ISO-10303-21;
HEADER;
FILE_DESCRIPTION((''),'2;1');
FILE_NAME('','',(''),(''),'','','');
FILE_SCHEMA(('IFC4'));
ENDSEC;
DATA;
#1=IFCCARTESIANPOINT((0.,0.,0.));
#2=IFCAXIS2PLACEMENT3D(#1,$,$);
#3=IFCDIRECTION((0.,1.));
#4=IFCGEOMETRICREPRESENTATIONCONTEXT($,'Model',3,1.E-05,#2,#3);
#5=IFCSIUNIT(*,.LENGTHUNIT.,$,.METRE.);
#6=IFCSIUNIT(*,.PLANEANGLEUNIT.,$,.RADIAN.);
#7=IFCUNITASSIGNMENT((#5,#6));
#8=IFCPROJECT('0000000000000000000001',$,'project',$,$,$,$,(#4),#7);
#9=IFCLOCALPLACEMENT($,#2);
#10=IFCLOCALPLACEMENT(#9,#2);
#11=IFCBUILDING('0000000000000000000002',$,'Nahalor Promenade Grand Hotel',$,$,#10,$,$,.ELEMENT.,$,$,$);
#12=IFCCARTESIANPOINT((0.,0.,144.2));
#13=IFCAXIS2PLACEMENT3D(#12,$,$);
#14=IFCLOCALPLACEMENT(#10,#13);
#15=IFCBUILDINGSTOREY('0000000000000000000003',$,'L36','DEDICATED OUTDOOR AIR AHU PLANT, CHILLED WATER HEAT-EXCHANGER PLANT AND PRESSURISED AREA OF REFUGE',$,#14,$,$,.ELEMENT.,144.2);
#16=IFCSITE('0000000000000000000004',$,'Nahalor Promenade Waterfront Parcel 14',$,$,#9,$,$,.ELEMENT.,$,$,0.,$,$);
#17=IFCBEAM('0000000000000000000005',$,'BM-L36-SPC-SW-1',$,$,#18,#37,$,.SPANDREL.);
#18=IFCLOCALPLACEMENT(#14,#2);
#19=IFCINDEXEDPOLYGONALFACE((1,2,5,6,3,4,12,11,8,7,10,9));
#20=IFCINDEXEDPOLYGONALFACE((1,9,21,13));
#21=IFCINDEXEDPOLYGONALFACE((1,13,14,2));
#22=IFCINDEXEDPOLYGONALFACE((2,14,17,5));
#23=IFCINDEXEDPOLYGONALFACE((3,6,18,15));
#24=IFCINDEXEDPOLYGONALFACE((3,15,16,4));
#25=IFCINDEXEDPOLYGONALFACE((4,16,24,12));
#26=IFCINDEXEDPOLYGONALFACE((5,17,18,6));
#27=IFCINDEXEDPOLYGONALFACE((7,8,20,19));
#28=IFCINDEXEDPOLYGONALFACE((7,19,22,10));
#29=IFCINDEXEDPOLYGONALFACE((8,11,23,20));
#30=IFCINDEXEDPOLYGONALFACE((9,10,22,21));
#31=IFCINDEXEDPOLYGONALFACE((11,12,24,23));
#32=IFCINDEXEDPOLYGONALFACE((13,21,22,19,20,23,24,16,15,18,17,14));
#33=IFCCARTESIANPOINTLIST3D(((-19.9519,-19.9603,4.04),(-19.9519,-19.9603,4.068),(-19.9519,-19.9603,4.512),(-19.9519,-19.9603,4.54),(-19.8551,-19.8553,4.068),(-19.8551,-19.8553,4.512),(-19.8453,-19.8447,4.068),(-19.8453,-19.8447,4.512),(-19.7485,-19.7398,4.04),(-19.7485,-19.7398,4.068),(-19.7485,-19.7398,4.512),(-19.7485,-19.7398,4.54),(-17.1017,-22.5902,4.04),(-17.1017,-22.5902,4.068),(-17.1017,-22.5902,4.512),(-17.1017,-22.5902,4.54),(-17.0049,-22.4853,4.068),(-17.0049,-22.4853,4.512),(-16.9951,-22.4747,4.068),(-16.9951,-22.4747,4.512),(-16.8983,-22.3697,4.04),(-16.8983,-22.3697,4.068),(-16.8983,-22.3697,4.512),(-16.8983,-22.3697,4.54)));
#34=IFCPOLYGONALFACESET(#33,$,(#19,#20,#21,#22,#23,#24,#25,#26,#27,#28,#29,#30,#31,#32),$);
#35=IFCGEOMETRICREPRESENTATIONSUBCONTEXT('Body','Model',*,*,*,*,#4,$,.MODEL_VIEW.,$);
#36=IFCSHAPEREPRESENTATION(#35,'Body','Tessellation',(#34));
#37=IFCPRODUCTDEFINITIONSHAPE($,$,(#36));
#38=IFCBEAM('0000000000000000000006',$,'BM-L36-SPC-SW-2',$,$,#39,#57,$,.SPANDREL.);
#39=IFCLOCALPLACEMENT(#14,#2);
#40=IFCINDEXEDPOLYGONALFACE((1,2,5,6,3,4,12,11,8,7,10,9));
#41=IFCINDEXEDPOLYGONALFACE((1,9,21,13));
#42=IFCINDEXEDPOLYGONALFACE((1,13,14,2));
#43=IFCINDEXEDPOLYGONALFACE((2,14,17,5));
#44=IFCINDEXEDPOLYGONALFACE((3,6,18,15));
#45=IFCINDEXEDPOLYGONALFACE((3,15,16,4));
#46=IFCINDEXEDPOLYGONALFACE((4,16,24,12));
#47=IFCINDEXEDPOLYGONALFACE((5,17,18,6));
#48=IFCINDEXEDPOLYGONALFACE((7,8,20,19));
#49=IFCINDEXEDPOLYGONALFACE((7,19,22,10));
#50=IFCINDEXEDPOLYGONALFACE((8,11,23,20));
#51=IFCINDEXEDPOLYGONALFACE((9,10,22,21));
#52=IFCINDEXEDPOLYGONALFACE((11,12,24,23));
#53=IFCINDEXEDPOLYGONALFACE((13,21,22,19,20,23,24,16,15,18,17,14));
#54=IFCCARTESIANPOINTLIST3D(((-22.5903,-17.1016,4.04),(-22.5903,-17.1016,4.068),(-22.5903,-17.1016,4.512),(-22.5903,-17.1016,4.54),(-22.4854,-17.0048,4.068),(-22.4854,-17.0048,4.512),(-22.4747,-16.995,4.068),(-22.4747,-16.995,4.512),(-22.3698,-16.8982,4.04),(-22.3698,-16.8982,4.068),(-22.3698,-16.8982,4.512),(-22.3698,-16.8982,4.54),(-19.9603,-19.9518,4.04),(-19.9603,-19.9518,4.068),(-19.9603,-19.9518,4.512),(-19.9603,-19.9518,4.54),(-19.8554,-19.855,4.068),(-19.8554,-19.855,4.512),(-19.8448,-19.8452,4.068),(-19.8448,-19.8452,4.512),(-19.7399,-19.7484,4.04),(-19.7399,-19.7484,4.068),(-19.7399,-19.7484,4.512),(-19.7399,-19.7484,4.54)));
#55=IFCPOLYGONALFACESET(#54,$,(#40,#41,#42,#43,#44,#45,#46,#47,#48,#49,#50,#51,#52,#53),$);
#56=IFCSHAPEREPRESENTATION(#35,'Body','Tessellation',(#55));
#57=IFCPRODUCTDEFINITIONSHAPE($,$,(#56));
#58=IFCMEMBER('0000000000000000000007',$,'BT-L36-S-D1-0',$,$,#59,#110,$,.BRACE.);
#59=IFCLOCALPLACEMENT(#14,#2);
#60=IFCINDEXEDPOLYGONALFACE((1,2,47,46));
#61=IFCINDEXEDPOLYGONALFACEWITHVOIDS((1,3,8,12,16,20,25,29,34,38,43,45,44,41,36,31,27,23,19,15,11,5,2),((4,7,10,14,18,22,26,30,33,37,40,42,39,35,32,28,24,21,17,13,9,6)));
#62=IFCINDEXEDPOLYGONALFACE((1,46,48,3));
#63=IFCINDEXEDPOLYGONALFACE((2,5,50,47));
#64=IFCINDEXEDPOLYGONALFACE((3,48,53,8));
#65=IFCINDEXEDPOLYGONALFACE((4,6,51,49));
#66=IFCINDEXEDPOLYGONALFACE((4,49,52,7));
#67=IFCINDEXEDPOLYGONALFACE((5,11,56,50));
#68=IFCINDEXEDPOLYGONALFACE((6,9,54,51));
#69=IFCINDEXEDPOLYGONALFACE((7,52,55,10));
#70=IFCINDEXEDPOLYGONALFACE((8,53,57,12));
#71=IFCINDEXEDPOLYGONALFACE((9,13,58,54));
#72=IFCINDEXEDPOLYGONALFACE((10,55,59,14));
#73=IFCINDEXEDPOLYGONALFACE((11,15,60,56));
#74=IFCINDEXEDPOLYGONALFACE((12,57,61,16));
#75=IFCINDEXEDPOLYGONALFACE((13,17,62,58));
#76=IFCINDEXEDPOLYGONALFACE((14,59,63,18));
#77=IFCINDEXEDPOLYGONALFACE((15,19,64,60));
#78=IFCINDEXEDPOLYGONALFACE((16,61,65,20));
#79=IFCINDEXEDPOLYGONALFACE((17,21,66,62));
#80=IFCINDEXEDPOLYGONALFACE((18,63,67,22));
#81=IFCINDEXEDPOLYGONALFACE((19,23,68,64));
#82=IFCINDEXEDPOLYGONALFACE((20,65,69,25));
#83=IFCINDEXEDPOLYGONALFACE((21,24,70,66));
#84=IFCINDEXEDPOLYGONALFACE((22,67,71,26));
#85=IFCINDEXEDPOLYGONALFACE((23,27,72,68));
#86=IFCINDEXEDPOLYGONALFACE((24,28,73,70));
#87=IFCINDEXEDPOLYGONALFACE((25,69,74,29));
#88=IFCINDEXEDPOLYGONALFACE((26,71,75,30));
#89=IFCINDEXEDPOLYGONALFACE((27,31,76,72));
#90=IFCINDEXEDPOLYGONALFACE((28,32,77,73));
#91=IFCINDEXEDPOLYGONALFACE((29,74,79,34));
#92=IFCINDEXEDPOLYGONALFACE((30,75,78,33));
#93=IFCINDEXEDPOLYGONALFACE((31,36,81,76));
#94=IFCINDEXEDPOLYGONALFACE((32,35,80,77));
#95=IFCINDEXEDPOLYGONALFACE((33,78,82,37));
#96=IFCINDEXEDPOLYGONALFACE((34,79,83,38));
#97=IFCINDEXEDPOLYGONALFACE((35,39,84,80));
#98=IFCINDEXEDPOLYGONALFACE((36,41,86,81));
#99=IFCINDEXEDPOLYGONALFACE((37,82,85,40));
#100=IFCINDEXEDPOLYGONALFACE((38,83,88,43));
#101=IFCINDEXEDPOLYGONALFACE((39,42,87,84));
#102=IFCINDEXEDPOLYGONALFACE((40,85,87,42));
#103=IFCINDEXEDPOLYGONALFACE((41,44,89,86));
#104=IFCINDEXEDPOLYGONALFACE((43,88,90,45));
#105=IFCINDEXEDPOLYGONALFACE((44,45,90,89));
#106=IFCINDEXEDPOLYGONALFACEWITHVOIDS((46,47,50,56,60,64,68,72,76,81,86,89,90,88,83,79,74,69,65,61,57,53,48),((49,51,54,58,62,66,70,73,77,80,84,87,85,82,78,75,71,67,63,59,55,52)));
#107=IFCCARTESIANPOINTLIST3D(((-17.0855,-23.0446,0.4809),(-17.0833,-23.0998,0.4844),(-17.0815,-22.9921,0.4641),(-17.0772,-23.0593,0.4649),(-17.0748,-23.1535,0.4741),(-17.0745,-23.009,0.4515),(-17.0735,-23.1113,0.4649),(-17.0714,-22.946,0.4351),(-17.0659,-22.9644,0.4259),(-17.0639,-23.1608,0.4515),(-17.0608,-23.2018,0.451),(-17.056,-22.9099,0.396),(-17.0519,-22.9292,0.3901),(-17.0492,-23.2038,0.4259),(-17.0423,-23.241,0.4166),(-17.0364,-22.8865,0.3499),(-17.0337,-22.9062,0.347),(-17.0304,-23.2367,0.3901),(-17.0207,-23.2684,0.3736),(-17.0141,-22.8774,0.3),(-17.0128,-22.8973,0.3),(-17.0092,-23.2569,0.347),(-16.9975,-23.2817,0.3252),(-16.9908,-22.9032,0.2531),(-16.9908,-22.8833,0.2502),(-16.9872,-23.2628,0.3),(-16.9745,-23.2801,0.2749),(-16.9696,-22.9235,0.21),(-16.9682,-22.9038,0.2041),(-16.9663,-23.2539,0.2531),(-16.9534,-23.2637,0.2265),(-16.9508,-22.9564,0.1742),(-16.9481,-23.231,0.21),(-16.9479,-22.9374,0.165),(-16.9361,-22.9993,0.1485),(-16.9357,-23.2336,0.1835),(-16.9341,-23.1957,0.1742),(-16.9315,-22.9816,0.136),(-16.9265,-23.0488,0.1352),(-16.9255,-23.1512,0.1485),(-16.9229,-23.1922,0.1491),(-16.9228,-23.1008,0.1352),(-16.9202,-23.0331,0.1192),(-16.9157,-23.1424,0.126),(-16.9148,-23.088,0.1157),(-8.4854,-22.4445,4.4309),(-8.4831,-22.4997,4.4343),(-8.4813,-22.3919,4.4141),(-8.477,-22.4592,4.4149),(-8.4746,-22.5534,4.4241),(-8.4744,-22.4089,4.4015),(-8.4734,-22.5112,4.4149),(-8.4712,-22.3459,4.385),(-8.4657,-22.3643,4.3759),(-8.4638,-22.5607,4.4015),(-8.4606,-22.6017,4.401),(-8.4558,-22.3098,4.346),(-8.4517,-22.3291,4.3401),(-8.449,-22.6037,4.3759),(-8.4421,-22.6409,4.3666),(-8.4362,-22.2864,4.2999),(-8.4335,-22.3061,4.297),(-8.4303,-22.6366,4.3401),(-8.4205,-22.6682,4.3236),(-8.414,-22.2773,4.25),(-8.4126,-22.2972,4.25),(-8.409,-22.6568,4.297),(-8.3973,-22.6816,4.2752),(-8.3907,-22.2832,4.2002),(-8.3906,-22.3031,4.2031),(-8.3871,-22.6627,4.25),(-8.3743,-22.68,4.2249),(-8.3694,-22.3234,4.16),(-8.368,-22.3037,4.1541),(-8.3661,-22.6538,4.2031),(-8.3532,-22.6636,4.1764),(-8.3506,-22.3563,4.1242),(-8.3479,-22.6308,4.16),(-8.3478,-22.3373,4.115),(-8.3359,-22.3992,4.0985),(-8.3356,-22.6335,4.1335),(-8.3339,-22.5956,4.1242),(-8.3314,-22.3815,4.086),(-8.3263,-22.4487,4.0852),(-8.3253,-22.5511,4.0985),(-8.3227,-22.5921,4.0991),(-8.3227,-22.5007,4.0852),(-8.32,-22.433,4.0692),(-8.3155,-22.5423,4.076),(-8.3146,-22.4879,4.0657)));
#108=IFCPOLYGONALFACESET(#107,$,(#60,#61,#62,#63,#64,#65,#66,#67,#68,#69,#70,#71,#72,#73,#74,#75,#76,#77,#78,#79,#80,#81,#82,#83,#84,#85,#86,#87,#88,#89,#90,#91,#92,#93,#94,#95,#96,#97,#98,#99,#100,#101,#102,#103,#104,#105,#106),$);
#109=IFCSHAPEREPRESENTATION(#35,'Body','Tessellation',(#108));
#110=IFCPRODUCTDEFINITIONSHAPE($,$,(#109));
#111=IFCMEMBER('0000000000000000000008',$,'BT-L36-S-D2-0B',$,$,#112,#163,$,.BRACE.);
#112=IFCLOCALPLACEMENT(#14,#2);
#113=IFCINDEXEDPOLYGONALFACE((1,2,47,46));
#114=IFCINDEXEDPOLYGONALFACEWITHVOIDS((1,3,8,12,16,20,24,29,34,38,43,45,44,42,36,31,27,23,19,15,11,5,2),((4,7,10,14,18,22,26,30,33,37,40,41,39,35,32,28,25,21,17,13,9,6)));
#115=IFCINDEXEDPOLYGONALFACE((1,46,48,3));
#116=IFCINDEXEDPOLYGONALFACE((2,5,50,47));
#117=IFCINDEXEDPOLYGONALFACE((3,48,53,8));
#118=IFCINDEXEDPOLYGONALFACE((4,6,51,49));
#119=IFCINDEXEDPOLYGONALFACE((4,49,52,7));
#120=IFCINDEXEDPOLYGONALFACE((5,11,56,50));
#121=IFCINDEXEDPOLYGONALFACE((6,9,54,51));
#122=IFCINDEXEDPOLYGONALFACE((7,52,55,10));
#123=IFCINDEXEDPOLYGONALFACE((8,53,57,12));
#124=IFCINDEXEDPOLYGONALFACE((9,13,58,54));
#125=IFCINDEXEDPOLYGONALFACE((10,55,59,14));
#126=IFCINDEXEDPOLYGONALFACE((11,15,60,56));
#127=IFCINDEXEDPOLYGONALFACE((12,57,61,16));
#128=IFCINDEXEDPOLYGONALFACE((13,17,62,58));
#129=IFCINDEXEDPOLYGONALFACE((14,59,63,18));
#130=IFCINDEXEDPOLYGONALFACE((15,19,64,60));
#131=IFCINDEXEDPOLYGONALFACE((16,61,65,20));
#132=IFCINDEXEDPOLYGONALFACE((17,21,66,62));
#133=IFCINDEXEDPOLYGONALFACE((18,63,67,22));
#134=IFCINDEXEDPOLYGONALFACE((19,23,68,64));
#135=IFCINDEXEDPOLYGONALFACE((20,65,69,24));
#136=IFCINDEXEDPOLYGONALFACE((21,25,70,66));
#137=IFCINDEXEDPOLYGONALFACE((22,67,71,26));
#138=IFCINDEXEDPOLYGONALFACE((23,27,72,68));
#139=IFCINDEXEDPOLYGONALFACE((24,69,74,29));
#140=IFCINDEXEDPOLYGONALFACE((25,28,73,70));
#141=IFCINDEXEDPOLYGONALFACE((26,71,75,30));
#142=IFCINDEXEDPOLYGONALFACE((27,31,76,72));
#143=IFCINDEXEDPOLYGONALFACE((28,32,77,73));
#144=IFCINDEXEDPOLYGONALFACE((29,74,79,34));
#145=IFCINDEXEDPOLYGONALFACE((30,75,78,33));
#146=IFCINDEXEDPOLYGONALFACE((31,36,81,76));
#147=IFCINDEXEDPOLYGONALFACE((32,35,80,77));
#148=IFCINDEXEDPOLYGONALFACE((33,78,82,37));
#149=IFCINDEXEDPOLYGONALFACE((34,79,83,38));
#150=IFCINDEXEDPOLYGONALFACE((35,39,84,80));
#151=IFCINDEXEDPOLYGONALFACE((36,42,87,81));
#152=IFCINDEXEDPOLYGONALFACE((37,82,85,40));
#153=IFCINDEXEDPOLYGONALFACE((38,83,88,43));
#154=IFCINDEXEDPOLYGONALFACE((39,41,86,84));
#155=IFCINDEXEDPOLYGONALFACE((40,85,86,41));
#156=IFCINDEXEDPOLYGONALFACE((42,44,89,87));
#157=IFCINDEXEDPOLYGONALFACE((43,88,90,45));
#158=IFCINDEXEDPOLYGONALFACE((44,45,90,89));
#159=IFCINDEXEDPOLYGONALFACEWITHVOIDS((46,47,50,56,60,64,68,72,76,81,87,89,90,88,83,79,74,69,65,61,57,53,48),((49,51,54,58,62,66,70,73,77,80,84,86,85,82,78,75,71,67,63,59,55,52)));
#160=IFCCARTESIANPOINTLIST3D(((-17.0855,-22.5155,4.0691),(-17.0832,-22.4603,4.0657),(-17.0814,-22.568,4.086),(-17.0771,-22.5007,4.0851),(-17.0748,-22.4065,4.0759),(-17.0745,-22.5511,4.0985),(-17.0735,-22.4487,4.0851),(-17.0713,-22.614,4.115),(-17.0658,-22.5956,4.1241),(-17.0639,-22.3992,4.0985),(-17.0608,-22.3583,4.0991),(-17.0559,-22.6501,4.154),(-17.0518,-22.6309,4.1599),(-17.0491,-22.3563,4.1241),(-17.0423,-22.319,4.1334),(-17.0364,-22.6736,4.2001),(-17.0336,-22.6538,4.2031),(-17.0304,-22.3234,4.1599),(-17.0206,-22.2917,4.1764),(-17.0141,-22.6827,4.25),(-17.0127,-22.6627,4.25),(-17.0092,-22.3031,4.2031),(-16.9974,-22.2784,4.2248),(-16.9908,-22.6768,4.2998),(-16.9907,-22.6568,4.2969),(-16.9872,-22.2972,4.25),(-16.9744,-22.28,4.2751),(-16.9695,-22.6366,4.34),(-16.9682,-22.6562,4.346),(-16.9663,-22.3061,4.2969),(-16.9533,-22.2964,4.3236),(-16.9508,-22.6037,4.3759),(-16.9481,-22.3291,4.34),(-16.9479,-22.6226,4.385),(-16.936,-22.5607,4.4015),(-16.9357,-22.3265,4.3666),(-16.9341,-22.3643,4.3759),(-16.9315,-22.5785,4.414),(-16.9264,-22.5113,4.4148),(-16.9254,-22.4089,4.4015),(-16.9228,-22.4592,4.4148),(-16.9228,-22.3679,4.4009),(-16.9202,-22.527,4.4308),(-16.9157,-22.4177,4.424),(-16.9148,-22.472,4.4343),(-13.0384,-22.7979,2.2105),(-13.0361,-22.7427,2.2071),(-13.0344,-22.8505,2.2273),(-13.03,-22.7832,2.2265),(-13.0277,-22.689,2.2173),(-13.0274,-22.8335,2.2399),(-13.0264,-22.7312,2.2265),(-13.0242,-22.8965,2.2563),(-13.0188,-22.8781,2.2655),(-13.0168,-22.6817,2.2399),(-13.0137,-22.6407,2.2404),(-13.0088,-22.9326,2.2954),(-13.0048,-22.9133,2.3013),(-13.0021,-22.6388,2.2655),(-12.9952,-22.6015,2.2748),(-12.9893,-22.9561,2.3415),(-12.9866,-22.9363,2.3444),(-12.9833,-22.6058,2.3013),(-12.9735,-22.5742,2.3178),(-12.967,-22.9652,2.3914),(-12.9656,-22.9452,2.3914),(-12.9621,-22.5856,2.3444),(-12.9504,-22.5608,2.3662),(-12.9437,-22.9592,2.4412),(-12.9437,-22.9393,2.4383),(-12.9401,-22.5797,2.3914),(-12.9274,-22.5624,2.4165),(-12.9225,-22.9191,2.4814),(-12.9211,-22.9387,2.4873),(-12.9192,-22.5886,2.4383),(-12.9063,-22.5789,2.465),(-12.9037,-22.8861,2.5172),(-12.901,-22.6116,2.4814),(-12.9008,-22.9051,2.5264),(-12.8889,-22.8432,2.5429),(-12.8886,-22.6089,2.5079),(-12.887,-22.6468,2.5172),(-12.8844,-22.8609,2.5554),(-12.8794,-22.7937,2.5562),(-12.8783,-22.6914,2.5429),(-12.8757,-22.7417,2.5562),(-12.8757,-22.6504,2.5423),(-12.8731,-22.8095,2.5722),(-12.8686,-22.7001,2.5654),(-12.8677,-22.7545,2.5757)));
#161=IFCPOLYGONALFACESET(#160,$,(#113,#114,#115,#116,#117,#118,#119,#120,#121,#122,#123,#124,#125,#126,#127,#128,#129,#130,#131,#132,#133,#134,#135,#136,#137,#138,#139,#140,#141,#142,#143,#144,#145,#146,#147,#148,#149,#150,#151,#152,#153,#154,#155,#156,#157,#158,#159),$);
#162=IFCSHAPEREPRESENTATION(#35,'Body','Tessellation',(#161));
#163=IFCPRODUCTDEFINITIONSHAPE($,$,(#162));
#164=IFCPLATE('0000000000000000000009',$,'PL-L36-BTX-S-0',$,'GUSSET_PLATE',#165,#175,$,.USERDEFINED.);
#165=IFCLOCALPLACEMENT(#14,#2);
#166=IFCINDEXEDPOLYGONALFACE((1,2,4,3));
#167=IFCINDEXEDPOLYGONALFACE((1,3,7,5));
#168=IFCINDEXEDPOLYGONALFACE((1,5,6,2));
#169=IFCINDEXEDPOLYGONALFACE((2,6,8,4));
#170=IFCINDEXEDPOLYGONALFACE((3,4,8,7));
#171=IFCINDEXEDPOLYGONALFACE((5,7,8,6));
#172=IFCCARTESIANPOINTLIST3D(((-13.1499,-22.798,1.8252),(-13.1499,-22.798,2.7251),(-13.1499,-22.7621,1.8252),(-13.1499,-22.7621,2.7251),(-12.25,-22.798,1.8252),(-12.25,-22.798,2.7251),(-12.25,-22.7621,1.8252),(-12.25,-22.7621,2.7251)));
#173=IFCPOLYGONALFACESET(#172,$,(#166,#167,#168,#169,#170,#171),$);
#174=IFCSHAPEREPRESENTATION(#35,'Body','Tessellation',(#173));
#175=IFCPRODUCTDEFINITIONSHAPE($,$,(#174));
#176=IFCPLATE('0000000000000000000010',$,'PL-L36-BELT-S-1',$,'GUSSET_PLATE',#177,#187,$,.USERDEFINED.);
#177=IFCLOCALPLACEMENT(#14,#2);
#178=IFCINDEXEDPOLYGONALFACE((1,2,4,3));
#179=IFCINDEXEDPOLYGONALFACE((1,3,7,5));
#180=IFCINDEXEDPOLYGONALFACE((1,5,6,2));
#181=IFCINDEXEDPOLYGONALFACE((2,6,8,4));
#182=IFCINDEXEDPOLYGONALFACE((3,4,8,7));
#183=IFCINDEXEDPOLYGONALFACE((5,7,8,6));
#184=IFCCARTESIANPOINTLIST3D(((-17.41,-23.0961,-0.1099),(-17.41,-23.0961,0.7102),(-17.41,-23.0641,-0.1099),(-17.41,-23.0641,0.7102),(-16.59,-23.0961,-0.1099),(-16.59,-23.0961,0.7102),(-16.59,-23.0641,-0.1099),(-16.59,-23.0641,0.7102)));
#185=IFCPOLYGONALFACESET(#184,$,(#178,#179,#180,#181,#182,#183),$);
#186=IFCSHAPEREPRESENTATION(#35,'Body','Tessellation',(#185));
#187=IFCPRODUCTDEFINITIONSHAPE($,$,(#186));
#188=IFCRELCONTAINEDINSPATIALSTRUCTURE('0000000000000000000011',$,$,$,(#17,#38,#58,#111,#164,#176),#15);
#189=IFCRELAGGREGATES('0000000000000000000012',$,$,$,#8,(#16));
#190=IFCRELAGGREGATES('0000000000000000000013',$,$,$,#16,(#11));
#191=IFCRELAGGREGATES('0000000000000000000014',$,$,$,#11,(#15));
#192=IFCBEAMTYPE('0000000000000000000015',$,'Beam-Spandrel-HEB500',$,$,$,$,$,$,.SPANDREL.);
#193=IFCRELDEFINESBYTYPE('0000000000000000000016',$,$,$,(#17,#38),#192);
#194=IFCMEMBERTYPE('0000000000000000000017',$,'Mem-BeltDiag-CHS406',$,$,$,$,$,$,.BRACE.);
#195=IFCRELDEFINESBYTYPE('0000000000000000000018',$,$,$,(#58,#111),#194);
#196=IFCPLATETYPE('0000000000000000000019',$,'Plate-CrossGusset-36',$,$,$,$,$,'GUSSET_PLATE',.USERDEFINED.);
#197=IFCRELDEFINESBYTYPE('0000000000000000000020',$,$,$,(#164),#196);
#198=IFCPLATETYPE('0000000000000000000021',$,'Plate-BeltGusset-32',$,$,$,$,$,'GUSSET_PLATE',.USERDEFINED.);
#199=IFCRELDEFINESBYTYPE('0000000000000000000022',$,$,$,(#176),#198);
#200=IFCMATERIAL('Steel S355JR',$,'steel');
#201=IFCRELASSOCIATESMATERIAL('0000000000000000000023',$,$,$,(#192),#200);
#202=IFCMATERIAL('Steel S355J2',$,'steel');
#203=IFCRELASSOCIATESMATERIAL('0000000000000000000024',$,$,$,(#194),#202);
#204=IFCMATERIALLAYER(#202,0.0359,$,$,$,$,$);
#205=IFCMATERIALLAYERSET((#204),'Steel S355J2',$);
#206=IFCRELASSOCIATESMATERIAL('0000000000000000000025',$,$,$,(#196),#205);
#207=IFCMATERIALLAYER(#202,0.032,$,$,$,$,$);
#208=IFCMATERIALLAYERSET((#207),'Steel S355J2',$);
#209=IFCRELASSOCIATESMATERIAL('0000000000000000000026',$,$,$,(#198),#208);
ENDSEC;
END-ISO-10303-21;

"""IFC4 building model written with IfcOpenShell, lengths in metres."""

from ifc_helpers import new_model, si_unit, direction, frame, origin, origin_2d, place, context, subcontext, project, spatial, rectangle, hollow_circle, i_section, extrude, source, transform, mapped, material, layer, layer_set, material_profile, profile_set, type_object, element, save


model = new_model("IFC4")

# Units and contexts
model_context = context("Model", 3, precision=1e-05, world=origin(), true_north=direction((0.0, 1.0)))
body_context = subcontext(model_context, "Body", "Model", "MODEL_VIEW")
ifc_project = project(units=[si_unit("LENGTHUNIT", "METRE"), si_unit("PLANEANGLEUNIT", "RADIAN")], contexts=[model_context])

# Site, building, storey
site_placement = place(None, origin())
site = spatial("IfcSite", under=ifc_project, at=site_placement, Name="Nahalor Promenade Waterfront Parcel 14", CompositionType="ELEMENT", RefElevation=0.0)
building_placement = place(site_placement, origin())
building = spatial("IfcBuilding", under=site, at=building_placement, Name="Nahalor Promenade Grand Hotel", CompositionType="ELEMENT")
storey_placement = place(building_placement, frame((0.0, 0.0, 144.2)))
storey = spatial("IfcBuildingStorey", under=building, at=storey_placement, Name="L36", Description="DEDICATED OUTDOOR AIR AHU PLANT, CHILLED WATER HEAT-EXCHANGER PLANT AND PRESSURISED AREA OF REFUGE", CompositionType="ELEMENT", Elevation=144.2)

# Shared definitions
ifc_material_1 = material(Name="Steel S355J2", Category="steel")

# Beams
ifc_material_2 = material(Name="Steel S355JR", Category="steel")
ifc_material_profile_1 = material_profile(ifc_material_2, i_section(OverallWidth=0.3, OverallDepth=0.5, WebThickness=0.0145, FlangeThickness=0.028, at=origin_2d()), Name="HEB 500")
ifc_profile_set_1 = profile_set([ifc_material_profile_1], Name="Steel S355JR")
beam_type_1 = type_object("IfcBeamType", Name="Beam-Spandrel-HEB500", PredefinedType="SPANDREL", material=ifc_profile_set_1)
shared_shape_1 = source(origin(), body_context, "Body", "SweptSolid", [
    extrude(i_section(OverallWidth=0.3, OverallDepth=0.5, WebThickness=0.0145, FlangeThickness=0.028, at=origin_2d()), origin(), (0.0, 0.0, 1.0), 3.8782),
])
for number, where, z_axis, x_axis, name in (
    (1, (-17.0, -22.48, 4.29), (-0.734929, 0.678144, 0.0), (-0.678144, -0.734929, 0.0), "BM-L36-SPC-SW-1"),
    (2, (-19.8501, -19.8501, 4.29), (-0.678144, 0.734929, 0.0), (-0.734929, -0.678144, 0.0), "BM-L36-SPC-SW-2"),
):
    element("IfcBeam", number, at=place(storey_placement, frame(where, z_axis=z_axis, x_axis=x_axis)), inside=storey, type_object=beam_type_1, Name=name, PredefinedType="SPANDREL", context=body_context, shape_type="MappedRepresentation", body=[
        mapped(shared_shape_1, transform((0.0, 0.0, 0.0), scale=1.0)),
    ])

# Members
ifc_material_profile_2 = material_profile(ifc_material_1, hollow_circle(Radius=0.2032, WallThickness=0.02, at=origin_2d()), Name="CHS 406.4x20")
ifc_profile_set_2 = profile_set([ifc_material_profile_2], Name="Steel S355J2")
member_type = type_object("IfcMemberType", Name="Mem-BeltDiag-CHS406", PredefinedType="BRACE", material=ifc_profile_set_2)
shared_shape_2 = source(origin(), body_context, "Body", "SweptSolid", [
    extrude(hollow_circle(Radius=0.2032, WallThickness=0.02, at=origin_2d()), origin(), (0.0, 0.0, 1.0), 9.4829),
])
member_1_placement = place(storey_placement, frame((-17.0, -23.0801, 0.3), z_axis=(0.906913, 0.063283, 0.416538), x_axis=(-0.069609, 0.997574, 0.0)))
element("IfcMember", 3, at=member_1_placement, inside=storey, type_object=member_type, Name="BT-L36-S-D1-0", PredefinedType="BRACE", context=body_context, shape_type="MappedRepresentation", body=[
    mapped(shared_shape_2, transform((0.0, 0.0, 0.0), scale=1.0)),
])
shared_shape_3 = source(origin(), body_context, "Body", "SweptSolid", [
    extrude(hollow_circle(Radius=0.2032, WallThickness=0.02, at=origin_2d()), origin(), (0.0, 0.0, 1.0), 4.4624),
])
member_2_placement = place(storey_placement, frame((-12.9529, -22.7625, 2.3914), z_axis=(-0.906926, 0.063299, 0.416507), x_axis=(-0.069626, -0.997573, 0.0)))
element("IfcMember", 4, at=member_2_placement, inside=storey, type_object=member_type, Name="BT-L36-S-D2-0B", PredefinedType="BRACE", context=body_context, shape_type="MappedRepresentation", body=[
    mapped(shared_shape_3, transform((0.0, 0.0, 0.0), scale=1.0)),
])

# Plates
ifc_layer_1 = layer(ifc_material_1, 0.0359)
ifc_layer_set_1 = layer_set([ifc_layer_1], Name="Steel S355J2")
plate_type_1 = type_object("IfcPlateType", Name="Plate-CrossGusset-36", ElementType="GUSSET_PLATE", PredefinedType="USERDEFINED", material=ifc_layer_set_1)
shared_shape_4 = source(origin(), body_context, "Body", "SweptSolid", [
    extrude(rectangle(XDim=0.8999, YDim=0.0359, at=origin_2d()), origin(), (0.0, 0.0, 1.0), 0.8999),
])
plate_1_placement = place(storey_placement, frame((-12.7, -22.78, 1.8252), z_axis=(0.0, 0.0, 1.0), x_axis=(1.0, 0.0, 0.0)))
element("IfcPlate", 5, at=plate_1_placement, inside=storey, type_object=plate_type_1, Name="PL-L36-BTX-S-0", ObjectType="GUSSET_PLATE", PredefinedType="USERDEFINED", context=body_context, shape_type="MappedRepresentation", body=[
    mapped(shared_shape_4, transform((0.0, 0.0, 0.0), scale=1.0)),
])
ifc_layer_2 = layer(ifc_material_1, 0.032)
ifc_layer_set_2 = layer_set([ifc_layer_2], Name="Steel S355J2")
plate_type_2 = type_object("IfcPlateType", Name="Plate-BeltGusset-32", ElementType="GUSSET_PLATE", PredefinedType="USERDEFINED", material=ifc_layer_set_2)
shared_shape_5 = source(origin(), body_context, "Body", "SweptSolid", [
    extrude(rectangle(XDim=0.8201, YDim=0.032, at=origin_2d()), origin(), (0.0, 0.0, 1.0), 0.8201),
])
plate_2_placement = place(storey_placement, frame((-17.0, -23.0801, -0.1099), z_axis=(0.0, 0.0, 1.0), x_axis=(1.0, 0.0, 0.0)))
element("IfcPlate", 6, at=plate_2_placement, inside=storey, type_object=plate_type_2, Name="PL-L36-BELT-S-1", ObjectType="GUSSET_PLATE", PredefinedType="USERDEFINED", context=body_context, shape_type="MappedRepresentation", body=[
    mapped(shared_shape_5, transform((0.0, 0.0, 0.0), scale=1.0)),
])

save(model, "model.ifc")
